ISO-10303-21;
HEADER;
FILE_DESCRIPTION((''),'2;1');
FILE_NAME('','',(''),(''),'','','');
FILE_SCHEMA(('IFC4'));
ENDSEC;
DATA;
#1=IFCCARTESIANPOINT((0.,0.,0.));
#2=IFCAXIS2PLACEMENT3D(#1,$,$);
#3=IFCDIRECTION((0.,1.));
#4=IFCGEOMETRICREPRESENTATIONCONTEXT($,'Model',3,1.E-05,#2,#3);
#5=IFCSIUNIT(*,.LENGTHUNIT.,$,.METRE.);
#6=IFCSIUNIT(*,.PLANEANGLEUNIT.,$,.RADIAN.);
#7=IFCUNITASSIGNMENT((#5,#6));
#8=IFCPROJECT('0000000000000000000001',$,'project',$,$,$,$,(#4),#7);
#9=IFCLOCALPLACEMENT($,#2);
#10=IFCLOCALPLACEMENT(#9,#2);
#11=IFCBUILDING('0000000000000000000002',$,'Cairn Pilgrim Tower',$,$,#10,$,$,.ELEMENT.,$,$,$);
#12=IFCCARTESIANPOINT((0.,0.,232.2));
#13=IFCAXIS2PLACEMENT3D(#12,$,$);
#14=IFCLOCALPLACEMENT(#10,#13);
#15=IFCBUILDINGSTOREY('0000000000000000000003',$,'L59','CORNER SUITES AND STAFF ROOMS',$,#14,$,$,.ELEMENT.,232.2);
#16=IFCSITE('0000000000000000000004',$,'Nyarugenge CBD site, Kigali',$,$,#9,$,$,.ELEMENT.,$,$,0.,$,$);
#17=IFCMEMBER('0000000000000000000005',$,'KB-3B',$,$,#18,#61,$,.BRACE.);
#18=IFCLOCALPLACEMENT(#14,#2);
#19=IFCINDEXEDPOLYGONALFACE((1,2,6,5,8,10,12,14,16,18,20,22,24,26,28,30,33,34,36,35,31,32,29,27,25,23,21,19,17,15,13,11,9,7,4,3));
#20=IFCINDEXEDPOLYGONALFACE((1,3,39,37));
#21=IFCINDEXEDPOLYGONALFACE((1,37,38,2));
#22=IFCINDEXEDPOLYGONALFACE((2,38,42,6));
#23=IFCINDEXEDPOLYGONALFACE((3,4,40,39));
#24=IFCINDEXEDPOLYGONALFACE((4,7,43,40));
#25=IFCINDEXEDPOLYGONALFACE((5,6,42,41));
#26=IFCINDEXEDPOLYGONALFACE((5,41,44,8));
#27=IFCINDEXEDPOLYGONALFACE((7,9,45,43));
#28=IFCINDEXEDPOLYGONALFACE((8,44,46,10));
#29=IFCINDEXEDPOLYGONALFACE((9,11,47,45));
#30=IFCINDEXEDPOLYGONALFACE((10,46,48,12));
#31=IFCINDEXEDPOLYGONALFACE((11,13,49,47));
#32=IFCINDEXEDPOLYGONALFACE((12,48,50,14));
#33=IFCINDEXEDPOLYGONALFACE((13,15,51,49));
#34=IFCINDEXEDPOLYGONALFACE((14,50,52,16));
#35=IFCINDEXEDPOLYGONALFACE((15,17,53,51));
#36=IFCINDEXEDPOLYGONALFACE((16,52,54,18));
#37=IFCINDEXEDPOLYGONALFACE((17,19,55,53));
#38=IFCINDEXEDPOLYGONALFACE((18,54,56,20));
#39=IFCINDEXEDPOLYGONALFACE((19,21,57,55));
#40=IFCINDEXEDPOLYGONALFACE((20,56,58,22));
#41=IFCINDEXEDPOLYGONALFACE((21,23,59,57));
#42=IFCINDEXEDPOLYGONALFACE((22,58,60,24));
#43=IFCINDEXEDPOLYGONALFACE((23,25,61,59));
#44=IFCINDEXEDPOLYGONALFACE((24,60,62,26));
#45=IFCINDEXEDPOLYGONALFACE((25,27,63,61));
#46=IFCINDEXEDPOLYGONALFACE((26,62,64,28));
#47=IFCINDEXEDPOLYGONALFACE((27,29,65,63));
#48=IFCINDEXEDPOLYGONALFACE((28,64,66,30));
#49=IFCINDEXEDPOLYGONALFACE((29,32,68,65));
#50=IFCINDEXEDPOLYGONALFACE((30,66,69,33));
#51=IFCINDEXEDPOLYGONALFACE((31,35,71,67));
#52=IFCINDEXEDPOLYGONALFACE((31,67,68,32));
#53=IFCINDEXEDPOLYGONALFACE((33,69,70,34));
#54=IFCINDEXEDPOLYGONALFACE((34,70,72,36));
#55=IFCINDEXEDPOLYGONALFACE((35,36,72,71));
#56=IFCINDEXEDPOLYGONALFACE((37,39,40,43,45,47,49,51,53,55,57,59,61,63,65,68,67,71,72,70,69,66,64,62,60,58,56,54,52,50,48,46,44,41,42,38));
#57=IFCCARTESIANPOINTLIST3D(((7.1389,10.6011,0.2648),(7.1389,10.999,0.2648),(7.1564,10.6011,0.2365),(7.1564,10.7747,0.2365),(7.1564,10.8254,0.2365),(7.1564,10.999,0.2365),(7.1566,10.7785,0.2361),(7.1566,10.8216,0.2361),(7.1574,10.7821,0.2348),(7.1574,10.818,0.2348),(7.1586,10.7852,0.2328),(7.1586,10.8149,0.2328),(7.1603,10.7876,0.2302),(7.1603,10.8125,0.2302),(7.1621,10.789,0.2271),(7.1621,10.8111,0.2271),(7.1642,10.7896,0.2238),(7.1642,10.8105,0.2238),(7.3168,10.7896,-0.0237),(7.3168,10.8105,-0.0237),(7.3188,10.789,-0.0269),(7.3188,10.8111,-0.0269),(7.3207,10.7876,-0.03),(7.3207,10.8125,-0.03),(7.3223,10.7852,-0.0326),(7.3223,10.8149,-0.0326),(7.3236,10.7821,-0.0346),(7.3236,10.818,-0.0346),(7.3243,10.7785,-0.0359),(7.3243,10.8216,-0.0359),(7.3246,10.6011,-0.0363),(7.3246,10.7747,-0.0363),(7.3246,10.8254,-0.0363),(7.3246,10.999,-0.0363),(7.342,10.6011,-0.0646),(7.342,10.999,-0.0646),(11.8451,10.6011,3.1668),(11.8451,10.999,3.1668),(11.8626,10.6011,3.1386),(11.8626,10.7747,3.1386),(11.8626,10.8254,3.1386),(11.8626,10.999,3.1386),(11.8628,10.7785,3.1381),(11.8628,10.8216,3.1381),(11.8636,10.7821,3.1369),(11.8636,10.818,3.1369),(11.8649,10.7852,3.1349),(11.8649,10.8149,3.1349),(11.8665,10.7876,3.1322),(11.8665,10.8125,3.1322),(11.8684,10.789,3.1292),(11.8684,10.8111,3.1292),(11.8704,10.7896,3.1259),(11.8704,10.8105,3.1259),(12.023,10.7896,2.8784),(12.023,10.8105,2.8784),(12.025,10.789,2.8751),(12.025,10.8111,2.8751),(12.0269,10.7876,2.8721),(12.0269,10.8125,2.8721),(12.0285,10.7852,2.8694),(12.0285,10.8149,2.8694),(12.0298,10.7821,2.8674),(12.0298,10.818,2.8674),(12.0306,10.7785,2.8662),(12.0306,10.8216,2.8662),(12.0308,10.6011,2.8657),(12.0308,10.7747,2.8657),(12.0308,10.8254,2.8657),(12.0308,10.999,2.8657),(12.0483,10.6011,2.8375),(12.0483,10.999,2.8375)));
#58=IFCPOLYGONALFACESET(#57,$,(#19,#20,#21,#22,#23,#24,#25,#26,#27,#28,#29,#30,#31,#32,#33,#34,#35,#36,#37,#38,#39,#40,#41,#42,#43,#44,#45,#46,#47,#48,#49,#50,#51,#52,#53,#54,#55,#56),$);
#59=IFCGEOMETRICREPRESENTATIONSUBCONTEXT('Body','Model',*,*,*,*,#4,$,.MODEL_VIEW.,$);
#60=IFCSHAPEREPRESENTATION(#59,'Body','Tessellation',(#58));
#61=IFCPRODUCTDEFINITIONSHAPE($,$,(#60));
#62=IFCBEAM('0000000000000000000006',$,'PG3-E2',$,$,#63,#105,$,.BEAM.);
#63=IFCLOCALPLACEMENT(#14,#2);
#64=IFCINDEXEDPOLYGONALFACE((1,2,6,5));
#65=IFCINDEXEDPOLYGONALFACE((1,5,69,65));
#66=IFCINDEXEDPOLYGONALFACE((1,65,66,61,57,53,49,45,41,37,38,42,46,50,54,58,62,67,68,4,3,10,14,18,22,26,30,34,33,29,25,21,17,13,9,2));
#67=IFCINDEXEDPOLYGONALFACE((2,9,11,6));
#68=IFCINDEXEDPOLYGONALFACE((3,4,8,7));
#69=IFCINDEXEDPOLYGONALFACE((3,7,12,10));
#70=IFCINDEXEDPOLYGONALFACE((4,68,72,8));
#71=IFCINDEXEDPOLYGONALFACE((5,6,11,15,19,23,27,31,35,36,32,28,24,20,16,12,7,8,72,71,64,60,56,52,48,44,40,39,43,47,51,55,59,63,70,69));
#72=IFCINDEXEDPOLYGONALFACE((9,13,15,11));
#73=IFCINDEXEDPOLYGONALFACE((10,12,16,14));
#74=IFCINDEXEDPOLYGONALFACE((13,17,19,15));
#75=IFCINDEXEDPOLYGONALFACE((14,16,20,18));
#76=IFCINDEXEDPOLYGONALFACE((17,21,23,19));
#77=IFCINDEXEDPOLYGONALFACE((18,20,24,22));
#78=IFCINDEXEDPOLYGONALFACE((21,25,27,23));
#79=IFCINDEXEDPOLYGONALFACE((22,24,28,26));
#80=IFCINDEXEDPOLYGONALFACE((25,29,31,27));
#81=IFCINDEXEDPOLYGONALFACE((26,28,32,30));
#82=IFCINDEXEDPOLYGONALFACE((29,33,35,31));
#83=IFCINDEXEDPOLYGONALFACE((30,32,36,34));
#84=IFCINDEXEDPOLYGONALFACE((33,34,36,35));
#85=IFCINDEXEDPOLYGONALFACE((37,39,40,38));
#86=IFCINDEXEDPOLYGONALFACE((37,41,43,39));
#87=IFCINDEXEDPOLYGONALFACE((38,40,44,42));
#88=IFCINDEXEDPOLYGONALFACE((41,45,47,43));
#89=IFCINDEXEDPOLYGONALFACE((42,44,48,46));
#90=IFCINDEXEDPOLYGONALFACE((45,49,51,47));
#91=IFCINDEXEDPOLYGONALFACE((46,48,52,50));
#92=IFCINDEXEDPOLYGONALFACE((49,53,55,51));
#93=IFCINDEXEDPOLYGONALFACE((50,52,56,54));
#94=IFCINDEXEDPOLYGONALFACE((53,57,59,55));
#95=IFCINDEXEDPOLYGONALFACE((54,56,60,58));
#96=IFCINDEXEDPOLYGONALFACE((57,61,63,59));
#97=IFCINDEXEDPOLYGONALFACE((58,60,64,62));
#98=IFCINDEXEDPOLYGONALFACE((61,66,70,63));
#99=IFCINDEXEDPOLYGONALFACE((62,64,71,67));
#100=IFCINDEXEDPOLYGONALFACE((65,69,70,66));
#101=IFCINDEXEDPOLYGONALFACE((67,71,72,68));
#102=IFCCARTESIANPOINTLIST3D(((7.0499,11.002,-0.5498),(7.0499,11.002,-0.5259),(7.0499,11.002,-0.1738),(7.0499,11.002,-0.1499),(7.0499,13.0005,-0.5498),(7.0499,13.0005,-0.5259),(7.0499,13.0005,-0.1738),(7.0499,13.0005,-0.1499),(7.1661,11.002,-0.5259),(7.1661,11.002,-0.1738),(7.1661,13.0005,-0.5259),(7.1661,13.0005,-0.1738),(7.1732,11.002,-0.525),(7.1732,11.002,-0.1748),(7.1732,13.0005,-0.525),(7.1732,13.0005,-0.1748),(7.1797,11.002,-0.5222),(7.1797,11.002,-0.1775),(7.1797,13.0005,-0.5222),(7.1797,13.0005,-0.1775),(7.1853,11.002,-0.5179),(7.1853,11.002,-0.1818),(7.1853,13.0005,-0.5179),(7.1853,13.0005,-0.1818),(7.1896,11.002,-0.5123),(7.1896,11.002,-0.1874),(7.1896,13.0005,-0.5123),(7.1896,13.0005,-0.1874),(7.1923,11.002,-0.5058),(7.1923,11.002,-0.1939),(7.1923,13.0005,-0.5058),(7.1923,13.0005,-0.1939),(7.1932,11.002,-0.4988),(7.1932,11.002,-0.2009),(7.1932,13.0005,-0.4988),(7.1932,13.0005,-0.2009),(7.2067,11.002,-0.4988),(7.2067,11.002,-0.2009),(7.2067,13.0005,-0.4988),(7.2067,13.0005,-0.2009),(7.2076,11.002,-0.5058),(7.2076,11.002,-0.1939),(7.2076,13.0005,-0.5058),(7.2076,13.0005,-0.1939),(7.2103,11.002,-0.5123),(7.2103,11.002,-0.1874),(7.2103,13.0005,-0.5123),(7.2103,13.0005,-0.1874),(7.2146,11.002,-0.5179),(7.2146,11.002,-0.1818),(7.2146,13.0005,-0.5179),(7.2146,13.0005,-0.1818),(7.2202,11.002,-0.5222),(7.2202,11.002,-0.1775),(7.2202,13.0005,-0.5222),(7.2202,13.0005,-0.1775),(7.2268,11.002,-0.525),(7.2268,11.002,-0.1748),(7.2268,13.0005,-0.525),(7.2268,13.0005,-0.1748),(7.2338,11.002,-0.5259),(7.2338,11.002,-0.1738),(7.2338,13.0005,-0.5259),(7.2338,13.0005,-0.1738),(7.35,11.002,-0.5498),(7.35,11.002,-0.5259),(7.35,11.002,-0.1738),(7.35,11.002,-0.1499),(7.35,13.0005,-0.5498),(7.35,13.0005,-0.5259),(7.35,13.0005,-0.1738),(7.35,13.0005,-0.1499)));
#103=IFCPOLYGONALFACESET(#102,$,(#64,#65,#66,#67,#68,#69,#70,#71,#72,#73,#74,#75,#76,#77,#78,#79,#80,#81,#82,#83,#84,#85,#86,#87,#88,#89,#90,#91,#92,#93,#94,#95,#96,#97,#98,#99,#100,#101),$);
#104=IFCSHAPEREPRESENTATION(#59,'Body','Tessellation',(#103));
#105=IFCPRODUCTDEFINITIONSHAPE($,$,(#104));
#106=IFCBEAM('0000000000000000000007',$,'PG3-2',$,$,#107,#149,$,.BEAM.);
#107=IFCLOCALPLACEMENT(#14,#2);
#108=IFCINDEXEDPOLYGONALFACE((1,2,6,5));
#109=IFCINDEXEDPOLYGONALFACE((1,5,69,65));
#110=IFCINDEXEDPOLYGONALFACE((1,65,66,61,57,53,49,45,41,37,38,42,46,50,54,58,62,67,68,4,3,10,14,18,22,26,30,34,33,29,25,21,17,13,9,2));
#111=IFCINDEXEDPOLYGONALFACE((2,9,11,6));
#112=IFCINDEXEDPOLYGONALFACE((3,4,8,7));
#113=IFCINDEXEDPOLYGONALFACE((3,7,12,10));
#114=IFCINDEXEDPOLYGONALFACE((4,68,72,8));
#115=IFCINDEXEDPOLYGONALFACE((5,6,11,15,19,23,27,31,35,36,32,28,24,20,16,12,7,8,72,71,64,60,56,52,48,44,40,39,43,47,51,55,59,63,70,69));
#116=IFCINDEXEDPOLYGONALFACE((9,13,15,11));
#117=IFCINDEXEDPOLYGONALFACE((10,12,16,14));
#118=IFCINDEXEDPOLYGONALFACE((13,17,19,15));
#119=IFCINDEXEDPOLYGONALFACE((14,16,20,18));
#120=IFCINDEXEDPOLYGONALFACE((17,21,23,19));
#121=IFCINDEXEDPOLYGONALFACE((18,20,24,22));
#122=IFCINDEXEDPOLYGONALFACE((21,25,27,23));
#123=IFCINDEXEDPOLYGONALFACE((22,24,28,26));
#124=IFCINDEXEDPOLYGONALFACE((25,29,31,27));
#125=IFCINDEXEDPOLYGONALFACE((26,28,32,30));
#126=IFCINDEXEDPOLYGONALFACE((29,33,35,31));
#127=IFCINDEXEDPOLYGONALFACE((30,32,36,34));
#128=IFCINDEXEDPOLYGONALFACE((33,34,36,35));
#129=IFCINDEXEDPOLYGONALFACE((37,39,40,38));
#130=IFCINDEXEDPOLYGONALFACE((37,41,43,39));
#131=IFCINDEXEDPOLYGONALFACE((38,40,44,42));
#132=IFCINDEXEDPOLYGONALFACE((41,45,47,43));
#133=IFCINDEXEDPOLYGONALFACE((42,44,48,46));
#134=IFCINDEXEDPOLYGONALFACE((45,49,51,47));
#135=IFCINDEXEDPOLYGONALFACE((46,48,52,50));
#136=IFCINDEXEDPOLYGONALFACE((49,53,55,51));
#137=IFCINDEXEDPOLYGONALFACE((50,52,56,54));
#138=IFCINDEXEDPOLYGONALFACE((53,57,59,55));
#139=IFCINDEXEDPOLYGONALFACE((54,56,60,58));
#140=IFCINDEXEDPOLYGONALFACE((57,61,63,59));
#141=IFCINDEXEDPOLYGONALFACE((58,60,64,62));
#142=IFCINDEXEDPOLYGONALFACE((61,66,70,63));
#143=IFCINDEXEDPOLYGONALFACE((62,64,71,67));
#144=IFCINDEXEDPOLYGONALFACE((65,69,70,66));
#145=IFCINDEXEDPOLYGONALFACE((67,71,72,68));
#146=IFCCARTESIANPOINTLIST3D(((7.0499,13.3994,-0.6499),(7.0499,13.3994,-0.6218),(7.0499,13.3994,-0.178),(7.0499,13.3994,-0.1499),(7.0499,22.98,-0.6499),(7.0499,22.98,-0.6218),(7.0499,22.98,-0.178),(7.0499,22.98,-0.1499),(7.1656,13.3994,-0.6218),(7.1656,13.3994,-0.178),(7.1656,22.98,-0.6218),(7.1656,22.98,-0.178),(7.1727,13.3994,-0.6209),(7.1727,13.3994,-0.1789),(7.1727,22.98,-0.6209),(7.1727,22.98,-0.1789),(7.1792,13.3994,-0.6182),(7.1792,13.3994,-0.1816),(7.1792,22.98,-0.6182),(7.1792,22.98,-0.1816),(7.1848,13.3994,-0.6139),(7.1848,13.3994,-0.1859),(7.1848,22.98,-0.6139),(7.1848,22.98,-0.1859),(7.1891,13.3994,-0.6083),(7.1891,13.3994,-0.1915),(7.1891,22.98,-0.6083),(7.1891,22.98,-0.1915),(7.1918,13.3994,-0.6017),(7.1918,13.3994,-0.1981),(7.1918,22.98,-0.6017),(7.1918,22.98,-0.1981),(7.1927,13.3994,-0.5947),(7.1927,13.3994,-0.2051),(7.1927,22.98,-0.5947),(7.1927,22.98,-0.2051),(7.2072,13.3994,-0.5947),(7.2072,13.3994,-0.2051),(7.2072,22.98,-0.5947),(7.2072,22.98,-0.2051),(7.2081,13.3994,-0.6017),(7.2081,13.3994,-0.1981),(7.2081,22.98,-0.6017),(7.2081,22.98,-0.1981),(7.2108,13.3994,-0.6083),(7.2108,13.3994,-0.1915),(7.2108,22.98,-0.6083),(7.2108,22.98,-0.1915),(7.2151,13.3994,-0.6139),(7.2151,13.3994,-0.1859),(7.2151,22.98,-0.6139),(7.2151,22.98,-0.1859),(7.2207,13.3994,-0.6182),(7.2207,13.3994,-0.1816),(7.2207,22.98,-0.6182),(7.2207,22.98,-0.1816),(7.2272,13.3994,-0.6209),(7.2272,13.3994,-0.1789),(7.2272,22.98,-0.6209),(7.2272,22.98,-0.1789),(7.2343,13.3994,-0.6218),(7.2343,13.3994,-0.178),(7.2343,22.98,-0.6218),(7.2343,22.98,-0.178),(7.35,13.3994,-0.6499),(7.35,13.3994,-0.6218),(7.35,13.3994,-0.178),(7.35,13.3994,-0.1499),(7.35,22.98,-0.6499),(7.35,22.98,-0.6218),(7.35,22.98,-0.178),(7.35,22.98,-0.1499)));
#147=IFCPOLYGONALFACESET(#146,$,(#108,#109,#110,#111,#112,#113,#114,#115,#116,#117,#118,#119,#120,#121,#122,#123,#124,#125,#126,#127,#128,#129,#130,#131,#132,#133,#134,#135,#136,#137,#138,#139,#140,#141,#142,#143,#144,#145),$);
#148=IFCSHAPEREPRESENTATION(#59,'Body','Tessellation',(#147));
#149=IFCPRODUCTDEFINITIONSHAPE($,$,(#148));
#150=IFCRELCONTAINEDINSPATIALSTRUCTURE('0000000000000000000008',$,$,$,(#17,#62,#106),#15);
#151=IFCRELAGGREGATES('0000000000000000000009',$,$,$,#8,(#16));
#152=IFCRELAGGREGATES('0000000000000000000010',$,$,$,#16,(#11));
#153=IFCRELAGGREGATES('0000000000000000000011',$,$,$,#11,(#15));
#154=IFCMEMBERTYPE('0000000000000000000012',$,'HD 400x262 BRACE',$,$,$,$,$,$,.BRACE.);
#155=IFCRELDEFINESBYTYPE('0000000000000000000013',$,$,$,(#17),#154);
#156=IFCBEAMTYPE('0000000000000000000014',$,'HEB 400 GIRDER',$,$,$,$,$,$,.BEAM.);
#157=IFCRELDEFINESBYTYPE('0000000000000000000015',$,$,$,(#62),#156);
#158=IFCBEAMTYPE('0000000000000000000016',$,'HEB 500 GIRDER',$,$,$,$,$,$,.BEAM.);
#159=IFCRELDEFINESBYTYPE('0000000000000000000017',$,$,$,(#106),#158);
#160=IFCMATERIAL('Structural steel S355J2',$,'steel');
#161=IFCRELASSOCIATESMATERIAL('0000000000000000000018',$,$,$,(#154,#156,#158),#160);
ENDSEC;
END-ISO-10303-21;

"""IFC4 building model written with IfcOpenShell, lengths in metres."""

from ifc_helpers import new_model, si_unit, direction, frame, origin, origin_2d, place, context, subcontext, project, spatial, i_section, extrude, material, material_profile, profile_set, type_object, element, save


model = new_model("IFC4")

# Units and contexts
model_context = context("Model", 3, precision=1e-05, world=origin(), true_north=direction((0.0, 1.0)))
body_context = subcontext(model_context, "Body", "Model", "MODEL_VIEW")
ifc_project = project(units=[si_unit("LENGTHUNIT", "METRE"), si_unit("PLANEANGLEUNIT", "RADIAN")], contexts=[model_context])

# Site, building, storey
site_placement = place(None, origin())
site = spatial("IfcSite", under=ifc_project, at=site_placement, Name="Nyarugenge CBD site, Kigali", CompositionType="ELEMENT", RefElevation=0.0)
building_placement = place(site_placement, origin())
building = spatial("IfcBuilding", under=site, at=building_placement, Name="Cairn Pilgrim Tower", CompositionType="ELEMENT")
storey_placement = place(building_placement, frame((0.0, 0.0, 232.2)))
storey = spatial("IfcBuildingStorey", under=building, at=storey_placement, Name="L59", Description="CORNER SUITES AND STAFF ROOMS", CompositionType="ELEMENT", Elevation=232.2)

# Shared definitions
ifc_material_1 = material(Name="Structural steel S355J2", Category="steel")

# Member
ifc_material_profile_1 = material_profile(ifc_material_1, i_section(OverallWidth=0.3979, OverallDepth=0.387, WebThickness=0.021, FlangeThickness=0.0332, FilletRadius=0.0149, at=origin_2d()), Name="HD 400x262")
ifc_profile_set_1 = profile_set([ifc_material_profile_1], Name="Structural steel S355J2")
member_type_1 = type_object("IfcMemberType", Name="HD 400x262 BRACE", PredefinedType="BRACE", material=ifc_profile_set_1)
member_1_placement = place(storey_placement, frame((7.2405, 10.8, 0.1001), z_axis=(0.85118, 0.0, 0.524873), x_axis=(0.0, 1.0, 0.0)))
element("IfcMember", 1, at=member_1_placement, inside=storey, type_object=member_type_1, Name="KB-3B", PredefinedType="BRACE", context=body_context, shape_type="SweptSolid", body=[
    extrude(i_section(OverallWidth=0.3979, OverallDepth=0.387, WebThickness=0.021, FlangeThickness=0.0332, FilletRadius=0.0149, at=origin_2d()), origin(), (0.0, 0.0, 1.0), 5.5291),
])

# Beams
ifc_material_profile_2 = material_profile(ifc_material_1, i_section(OverallWidth=0.3, OverallDepth=0.3999, WebThickness=0.0134, FlangeThickness=0.0239, FilletRadius=0.0271, at=origin_2d()), Name="HEB 400")
ifc_profile_set_2 = profile_set([ifc_material_profile_2], Name="Structural steel S355J2")
beam_type_1 = type_object("IfcBeamType", Name="HEB 400 GIRDER", PredefinedType="BEAM", material=ifc_profile_set_2)
beam_1_placement = place(storey_placement, frame((7.2, 11.002, -0.3499), z_axis=(0.0, 1.0, 0.0), x_axis=(-1.0, 0.0, 0.0)))
element("IfcBeam", 2, at=beam_1_placement, inside=storey, type_object=beam_type_1, Name="PG3-E2", PredefinedType="BEAM", context=body_context, shape_type="SweptSolid", body=[
    extrude(i_section(OverallWidth=0.3, OverallDepth=0.3999, WebThickness=0.0134, FlangeThickness=0.0239, FilletRadius=0.0271, at=origin_2d()), origin(), (0.0, 0.0, 1.0), 1.9985),
])
ifc_material_profile_3 = material_profile(ifc_material_1, i_section(OverallWidth=0.3, OverallDepth=0.5, WebThickness=0.0144, FlangeThickness=0.0281, FilletRadius=0.0271, at=origin_2d()), Name="HEB 500")
ifc_profile_set_3 = profile_set([ifc_material_profile_3], Name="Structural steel S355J2")
beam_type_2 = type_object("IfcBeamType", Name="HEB 500 GIRDER", PredefinedType="BEAM", material=ifc_profile_set_3)
beam_2_placement = place(storey_placement, frame((7.2, 13.3994, -0.3999), z_axis=(0.0, 1.0, 0.0), x_axis=(-1.0, 0.0, 0.0)))
element("IfcBeam", 3, at=beam_2_placement, inside=storey, type_object=beam_type_2, Name="PG3-2", PredefinedType="BEAM", context=body_context, shape_type="SweptSolid", body=[
    extrude(i_section(OverallWidth=0.3, OverallDepth=0.5, WebThickness=0.0144, FlangeThickness=0.0281, FilletRadius=0.0271, at=origin_2d()), origin(), (0.0, 0.0, 1.0), 9.5806),
])

save(model, "model.ifc")
